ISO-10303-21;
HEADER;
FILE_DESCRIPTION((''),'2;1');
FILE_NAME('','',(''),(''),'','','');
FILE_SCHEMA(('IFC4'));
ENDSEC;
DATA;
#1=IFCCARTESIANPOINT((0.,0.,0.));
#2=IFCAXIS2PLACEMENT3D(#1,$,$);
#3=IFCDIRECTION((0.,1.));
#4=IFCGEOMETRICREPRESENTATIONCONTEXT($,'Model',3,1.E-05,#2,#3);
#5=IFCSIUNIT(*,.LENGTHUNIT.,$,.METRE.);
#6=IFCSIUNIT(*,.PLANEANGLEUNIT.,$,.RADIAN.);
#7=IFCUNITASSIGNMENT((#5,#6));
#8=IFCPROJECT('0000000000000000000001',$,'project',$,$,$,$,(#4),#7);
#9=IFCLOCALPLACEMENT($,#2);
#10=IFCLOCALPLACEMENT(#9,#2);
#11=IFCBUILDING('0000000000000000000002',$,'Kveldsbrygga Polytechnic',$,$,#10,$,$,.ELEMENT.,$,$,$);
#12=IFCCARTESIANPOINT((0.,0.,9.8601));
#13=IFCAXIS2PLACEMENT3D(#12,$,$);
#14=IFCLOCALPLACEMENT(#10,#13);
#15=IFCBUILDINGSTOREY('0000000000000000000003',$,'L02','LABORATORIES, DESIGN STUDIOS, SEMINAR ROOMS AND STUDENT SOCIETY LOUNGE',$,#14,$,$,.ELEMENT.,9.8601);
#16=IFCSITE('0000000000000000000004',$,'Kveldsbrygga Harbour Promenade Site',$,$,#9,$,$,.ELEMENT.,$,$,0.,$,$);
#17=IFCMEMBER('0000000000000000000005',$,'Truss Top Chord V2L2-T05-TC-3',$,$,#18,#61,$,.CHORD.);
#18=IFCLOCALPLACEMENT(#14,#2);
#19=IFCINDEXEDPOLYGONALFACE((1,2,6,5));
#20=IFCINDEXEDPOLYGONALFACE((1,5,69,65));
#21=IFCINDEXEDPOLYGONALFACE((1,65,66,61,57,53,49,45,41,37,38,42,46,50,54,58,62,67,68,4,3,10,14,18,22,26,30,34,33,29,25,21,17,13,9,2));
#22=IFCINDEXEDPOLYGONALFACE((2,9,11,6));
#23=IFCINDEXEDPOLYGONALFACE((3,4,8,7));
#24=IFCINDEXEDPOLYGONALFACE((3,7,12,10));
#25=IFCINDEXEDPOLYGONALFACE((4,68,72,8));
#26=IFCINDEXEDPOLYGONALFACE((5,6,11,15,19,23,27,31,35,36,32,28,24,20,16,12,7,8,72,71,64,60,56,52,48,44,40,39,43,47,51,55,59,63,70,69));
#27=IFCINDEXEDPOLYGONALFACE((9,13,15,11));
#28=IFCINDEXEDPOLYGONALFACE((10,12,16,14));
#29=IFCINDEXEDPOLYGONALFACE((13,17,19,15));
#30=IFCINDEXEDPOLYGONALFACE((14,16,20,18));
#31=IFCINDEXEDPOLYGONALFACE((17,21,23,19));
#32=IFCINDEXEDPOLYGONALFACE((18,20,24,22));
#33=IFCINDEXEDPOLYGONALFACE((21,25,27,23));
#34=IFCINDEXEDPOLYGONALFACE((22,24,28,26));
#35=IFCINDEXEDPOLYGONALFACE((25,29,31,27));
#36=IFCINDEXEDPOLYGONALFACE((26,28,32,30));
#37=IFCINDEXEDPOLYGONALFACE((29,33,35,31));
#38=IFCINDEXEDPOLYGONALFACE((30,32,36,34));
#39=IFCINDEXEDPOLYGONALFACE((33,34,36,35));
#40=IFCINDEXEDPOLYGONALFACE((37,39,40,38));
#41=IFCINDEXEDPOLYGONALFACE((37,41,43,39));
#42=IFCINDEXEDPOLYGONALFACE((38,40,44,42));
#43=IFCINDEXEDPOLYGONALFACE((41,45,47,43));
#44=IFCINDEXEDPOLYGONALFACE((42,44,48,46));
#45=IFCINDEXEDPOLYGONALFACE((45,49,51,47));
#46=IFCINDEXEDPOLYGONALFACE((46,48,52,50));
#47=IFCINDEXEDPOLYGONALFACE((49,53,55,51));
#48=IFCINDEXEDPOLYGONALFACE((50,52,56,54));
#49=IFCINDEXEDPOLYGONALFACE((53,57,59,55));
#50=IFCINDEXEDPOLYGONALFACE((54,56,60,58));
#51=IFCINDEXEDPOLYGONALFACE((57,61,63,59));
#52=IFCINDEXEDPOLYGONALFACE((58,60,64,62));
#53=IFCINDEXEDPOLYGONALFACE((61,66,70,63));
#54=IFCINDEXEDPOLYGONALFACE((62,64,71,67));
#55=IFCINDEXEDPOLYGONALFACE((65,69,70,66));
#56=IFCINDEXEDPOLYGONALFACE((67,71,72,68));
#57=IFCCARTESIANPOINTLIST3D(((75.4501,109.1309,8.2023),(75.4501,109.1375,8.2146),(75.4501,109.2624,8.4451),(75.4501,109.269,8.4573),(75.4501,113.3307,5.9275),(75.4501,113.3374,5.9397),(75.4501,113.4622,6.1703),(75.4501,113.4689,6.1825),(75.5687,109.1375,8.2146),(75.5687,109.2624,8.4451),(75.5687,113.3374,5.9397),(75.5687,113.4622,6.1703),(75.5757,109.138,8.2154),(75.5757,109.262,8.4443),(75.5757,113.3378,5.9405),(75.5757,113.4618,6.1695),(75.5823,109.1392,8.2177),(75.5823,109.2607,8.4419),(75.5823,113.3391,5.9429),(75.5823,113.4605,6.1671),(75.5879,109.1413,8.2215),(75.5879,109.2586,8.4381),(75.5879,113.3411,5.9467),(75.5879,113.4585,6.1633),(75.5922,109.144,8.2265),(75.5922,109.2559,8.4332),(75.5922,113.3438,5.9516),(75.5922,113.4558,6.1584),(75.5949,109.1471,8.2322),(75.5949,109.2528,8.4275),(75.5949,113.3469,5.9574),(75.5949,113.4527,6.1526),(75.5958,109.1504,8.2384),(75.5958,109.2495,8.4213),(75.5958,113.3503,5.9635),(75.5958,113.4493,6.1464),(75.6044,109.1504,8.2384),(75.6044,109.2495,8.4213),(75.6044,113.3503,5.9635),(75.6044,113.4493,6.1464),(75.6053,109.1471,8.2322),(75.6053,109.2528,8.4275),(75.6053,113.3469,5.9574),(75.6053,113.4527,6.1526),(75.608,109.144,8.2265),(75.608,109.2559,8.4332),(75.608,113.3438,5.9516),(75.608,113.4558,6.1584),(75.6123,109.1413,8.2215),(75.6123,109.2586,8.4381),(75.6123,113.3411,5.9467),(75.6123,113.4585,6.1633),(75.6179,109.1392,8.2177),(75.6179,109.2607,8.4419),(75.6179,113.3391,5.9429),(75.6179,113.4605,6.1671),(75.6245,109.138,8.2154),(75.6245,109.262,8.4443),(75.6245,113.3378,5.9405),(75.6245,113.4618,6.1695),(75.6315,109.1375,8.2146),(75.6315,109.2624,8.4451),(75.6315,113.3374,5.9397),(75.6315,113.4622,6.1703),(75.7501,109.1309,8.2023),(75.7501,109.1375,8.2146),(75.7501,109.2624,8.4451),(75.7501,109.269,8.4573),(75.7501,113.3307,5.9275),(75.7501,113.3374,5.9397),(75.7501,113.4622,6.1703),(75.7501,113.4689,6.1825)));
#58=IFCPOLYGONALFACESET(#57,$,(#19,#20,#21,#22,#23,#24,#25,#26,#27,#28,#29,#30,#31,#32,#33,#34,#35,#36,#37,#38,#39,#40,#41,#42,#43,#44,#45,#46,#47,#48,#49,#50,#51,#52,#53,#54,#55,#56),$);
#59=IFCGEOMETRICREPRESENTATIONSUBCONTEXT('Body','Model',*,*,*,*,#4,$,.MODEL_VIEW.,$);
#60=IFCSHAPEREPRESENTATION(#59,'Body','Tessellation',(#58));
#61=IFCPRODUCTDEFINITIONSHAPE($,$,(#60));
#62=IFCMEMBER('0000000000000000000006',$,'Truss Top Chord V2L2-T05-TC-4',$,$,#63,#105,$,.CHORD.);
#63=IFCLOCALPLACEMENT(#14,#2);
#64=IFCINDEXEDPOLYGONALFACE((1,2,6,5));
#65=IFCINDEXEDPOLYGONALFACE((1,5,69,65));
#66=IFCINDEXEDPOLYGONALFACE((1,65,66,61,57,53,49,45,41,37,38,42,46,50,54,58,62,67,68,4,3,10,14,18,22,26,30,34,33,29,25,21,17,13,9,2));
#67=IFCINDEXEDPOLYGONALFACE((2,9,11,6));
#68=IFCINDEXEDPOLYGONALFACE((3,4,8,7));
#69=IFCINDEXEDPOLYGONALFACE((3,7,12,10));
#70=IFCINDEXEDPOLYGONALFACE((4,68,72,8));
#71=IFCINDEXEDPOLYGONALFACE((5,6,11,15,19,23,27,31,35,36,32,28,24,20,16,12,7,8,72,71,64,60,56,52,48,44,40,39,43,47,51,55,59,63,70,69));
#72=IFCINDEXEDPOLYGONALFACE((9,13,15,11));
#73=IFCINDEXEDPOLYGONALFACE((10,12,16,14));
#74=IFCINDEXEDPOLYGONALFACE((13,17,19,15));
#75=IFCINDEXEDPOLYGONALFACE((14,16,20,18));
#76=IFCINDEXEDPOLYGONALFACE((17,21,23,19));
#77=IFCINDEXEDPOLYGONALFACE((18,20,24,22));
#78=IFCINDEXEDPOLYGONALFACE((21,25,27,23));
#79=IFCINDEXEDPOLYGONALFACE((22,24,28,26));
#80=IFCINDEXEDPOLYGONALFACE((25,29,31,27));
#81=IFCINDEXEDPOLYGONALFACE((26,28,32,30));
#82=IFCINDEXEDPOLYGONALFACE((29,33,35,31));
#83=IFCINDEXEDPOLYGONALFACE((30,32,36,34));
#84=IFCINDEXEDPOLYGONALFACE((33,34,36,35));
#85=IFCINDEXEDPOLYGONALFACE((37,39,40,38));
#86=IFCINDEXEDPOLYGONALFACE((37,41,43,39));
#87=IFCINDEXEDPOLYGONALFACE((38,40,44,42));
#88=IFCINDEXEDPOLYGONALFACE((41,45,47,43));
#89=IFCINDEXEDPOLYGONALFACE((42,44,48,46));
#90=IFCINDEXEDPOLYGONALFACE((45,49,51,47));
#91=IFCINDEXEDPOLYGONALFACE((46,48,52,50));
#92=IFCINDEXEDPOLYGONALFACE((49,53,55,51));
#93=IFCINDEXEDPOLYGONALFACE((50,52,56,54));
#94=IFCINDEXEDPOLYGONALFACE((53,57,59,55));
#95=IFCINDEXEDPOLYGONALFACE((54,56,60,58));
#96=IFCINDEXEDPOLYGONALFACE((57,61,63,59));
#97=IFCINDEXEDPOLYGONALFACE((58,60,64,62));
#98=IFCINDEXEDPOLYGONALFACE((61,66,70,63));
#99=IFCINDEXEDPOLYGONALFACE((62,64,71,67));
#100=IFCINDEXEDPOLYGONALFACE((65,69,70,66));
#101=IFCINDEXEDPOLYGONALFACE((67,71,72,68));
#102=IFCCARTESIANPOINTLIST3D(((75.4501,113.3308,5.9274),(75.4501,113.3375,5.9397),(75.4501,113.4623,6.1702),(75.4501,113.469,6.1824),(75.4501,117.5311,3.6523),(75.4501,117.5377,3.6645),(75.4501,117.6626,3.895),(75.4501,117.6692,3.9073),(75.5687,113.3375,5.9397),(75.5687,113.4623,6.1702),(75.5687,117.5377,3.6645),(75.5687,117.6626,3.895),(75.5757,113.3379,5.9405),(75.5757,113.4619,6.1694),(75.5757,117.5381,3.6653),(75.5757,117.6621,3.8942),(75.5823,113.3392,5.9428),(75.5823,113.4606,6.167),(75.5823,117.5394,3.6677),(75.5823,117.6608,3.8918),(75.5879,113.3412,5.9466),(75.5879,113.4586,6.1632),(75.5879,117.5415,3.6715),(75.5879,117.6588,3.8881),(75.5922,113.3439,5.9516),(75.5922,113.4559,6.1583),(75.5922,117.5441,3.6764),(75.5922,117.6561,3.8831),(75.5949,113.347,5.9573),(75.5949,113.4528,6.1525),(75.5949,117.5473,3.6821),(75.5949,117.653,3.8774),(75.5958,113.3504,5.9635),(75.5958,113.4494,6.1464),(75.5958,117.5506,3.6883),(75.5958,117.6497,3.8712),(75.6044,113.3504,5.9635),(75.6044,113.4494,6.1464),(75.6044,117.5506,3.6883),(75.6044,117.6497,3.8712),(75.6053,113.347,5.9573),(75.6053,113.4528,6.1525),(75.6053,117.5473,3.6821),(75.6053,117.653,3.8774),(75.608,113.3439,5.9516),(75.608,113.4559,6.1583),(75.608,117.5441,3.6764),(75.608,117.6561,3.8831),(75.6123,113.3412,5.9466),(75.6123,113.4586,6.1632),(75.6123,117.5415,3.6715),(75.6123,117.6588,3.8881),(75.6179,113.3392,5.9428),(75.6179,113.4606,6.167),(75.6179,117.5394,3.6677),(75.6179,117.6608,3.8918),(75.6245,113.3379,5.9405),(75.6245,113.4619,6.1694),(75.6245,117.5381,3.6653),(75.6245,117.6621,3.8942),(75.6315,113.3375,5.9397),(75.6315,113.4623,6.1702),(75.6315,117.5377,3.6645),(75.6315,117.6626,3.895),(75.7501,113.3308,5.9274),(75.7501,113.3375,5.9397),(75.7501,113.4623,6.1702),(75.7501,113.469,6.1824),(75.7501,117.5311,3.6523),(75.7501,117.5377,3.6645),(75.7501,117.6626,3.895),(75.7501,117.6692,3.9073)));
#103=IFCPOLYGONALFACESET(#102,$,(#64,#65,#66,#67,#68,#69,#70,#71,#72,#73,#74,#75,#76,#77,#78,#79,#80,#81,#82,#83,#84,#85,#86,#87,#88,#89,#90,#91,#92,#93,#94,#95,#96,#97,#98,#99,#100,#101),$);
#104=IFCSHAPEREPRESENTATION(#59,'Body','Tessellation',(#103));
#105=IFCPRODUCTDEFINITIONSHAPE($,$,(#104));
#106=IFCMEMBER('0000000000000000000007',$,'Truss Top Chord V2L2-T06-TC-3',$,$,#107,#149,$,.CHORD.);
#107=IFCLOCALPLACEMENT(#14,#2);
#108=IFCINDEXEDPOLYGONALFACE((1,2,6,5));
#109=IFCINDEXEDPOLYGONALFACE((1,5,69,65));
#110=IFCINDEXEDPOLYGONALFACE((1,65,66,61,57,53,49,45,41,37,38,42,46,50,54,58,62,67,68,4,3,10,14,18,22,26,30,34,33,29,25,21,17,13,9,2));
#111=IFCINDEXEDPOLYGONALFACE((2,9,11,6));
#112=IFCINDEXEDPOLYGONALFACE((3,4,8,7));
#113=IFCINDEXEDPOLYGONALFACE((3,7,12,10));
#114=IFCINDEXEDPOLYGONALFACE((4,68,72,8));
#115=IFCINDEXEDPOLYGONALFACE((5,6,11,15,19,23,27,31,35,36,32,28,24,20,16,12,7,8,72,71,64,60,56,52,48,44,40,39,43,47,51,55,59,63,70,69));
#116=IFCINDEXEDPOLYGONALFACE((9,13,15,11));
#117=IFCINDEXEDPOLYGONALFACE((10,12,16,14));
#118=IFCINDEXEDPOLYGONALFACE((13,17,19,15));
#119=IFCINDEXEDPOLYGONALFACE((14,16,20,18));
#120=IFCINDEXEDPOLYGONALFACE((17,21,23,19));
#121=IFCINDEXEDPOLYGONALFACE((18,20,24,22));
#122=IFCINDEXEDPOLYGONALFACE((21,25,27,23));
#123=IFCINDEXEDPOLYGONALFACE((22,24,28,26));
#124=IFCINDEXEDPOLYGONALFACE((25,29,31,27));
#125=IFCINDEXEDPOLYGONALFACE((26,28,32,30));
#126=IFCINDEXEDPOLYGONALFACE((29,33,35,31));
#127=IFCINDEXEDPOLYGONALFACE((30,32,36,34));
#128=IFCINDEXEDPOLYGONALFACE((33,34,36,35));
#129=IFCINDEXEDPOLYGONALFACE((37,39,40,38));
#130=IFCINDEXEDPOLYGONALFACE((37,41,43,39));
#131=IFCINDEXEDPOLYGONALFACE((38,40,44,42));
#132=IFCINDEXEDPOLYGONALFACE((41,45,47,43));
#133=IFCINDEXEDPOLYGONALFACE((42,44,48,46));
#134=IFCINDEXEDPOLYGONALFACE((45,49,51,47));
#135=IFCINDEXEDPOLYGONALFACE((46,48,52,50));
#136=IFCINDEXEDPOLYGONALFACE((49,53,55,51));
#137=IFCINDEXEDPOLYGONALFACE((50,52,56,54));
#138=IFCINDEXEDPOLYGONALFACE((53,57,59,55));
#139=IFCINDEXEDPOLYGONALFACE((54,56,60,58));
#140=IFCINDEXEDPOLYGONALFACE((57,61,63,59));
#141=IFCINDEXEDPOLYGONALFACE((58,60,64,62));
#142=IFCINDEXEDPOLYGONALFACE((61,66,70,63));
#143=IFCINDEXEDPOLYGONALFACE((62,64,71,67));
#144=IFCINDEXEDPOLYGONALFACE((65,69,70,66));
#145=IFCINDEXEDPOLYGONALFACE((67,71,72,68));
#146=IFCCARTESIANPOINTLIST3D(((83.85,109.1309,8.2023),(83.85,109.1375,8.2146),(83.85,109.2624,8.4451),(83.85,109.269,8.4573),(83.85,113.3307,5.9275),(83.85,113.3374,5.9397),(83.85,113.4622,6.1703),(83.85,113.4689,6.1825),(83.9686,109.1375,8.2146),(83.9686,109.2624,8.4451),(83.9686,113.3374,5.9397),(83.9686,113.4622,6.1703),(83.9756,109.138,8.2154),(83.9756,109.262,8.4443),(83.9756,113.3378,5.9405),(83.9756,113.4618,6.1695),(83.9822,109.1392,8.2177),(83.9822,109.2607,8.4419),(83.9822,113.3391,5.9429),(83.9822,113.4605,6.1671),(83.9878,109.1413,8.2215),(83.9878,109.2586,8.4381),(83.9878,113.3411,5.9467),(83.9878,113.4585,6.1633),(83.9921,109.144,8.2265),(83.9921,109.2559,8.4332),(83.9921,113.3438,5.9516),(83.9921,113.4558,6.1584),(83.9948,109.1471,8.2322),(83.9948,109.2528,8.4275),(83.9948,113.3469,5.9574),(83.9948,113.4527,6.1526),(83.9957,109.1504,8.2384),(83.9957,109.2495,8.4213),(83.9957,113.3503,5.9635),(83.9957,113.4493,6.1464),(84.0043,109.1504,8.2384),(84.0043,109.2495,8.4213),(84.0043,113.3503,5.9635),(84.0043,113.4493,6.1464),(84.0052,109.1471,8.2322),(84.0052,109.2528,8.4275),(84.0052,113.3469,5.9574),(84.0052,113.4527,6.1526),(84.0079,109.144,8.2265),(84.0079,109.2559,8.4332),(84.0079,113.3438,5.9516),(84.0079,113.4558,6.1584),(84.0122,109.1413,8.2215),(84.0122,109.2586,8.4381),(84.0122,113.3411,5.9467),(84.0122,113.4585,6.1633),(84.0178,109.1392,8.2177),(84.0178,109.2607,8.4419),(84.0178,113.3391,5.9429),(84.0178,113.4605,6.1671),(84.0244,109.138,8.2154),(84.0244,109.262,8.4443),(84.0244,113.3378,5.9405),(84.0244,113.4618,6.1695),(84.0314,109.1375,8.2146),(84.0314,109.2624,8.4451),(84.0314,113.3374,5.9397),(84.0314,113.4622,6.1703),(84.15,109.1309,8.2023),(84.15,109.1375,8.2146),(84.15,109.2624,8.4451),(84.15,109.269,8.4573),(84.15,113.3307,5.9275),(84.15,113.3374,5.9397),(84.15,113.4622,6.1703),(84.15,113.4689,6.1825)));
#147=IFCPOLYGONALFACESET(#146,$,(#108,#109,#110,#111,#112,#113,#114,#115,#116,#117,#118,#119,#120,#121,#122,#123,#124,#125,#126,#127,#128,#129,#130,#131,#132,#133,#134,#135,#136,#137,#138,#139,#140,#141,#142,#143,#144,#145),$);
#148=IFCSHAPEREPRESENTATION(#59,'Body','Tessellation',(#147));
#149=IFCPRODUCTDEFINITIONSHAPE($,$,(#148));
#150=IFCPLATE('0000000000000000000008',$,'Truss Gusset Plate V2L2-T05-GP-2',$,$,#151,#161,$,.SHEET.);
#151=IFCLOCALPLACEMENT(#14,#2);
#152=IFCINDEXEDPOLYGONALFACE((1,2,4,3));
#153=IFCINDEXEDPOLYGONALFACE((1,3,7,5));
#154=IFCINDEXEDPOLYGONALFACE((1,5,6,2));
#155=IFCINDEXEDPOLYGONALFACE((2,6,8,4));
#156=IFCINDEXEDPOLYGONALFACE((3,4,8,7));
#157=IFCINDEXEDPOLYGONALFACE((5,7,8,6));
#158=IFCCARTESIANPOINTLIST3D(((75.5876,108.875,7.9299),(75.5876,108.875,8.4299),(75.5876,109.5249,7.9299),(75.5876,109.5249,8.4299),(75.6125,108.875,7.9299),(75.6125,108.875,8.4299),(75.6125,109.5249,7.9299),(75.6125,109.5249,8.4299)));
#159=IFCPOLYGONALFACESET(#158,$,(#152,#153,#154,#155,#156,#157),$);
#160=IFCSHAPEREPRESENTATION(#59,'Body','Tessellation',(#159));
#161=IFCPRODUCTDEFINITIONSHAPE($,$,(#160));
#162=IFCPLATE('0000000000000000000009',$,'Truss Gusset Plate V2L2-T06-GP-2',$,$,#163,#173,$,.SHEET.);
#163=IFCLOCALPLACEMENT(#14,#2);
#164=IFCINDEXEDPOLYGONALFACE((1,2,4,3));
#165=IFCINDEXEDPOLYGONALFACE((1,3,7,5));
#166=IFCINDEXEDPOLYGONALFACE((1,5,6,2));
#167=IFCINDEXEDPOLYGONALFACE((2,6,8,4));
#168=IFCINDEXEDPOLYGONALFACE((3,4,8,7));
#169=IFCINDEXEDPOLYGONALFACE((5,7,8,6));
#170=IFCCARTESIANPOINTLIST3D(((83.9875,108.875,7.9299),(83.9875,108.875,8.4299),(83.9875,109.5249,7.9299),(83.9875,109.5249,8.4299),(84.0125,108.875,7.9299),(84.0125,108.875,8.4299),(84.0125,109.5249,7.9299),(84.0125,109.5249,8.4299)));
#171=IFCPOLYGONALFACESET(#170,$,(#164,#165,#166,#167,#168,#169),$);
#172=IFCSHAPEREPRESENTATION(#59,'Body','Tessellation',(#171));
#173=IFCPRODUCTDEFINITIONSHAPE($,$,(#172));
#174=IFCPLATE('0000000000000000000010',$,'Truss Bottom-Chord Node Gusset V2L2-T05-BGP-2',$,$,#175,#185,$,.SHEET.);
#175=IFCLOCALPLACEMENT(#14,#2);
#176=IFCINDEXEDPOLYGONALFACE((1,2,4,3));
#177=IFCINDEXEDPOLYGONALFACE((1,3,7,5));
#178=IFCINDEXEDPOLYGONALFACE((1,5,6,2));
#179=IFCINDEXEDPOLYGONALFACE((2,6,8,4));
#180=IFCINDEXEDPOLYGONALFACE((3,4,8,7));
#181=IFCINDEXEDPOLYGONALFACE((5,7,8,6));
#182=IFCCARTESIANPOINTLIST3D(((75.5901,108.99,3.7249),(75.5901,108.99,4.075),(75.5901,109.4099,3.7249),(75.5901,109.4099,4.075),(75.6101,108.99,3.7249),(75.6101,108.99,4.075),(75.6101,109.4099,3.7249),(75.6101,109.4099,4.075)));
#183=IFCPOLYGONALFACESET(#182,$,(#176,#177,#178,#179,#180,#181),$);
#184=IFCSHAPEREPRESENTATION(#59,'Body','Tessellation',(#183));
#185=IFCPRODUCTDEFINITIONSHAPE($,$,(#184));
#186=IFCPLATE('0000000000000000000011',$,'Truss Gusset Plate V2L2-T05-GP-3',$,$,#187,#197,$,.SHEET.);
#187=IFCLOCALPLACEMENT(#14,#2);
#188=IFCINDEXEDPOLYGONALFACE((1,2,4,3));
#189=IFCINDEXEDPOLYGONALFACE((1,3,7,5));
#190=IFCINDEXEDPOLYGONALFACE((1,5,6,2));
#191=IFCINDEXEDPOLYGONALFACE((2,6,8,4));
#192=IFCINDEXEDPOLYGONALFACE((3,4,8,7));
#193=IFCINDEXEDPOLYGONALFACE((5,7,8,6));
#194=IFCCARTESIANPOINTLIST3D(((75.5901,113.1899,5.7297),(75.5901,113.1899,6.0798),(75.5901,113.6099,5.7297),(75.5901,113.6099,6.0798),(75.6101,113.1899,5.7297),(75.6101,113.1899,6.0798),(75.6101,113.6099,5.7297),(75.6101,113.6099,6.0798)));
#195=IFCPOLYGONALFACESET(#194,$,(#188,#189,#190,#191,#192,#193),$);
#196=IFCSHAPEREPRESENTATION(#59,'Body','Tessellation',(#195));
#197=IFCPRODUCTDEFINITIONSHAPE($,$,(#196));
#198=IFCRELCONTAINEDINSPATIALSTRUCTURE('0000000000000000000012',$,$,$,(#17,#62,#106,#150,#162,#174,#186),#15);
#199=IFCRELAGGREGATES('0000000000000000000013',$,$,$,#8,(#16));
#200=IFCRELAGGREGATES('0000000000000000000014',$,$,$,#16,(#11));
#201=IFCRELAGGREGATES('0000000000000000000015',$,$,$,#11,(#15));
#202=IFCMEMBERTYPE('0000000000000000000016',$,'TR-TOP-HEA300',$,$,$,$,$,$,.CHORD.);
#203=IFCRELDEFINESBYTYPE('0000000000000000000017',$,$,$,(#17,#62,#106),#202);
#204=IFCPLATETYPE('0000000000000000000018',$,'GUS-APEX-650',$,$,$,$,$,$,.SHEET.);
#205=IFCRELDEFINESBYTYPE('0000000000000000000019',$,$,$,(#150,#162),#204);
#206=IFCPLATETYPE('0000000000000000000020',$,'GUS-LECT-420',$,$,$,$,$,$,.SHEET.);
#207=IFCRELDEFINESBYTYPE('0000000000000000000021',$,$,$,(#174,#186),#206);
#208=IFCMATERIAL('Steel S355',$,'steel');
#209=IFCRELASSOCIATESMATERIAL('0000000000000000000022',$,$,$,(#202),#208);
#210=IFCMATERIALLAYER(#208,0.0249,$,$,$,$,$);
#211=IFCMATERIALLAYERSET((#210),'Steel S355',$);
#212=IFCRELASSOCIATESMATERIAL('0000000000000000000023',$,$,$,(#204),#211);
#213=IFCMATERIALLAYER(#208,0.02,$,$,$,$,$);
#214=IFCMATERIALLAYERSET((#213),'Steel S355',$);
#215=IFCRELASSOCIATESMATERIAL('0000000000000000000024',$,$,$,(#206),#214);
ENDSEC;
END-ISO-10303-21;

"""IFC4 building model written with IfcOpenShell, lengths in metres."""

from ifc_helpers import new_model, si_unit, direction, frame, origin, origin_2d, place, context, subcontext, project, spatial, rectangle, i_section, extrude, material, layer, layer_set, material_profile, profile_set, type_object, element, save


model = new_model("IFC4")

# Units and contexts
model_context = context("Model", 3, precision=1e-05, world=origin(), true_north=direction((0.0, 1.0)))
body_context = subcontext(model_context, "Body", "Model", "MODEL_VIEW")
ifc_project = project(units=[si_unit("LENGTHUNIT", "METRE"), si_unit("PLANEANGLEUNIT", "RADIAN")], contexts=[model_context])

# Site, building, storey
site_placement = place(None, origin())
site = spatial("IfcSite", under=ifc_project, at=site_placement, Name="Kveldsbrygga Harbour Promenade Site", CompositionType="ELEMENT", RefElevation=0.0)
building_placement = place(site_placement, origin())
building = spatial("IfcBuilding", under=site, at=building_placement, Name="Kveldsbrygga Polytechnic", CompositionType="ELEMENT")
storey_placement = place(building_placement, frame((0.0, 0.0, 9.8601)))
storey = spatial("IfcBuildingStorey", under=building, at=storey_placement, Name="L02", Description="LABORATORIES, DESIGN STUDIOS, SEMINAR ROOMS AND STUDENT SOCIETY LOUNGE", CompositionType="ELEMENT", Elevation=9.8601)

# Members
ifc_material_1 = material(Name="Steel S355", Category="steel")
ifc_material_profile_1 = material_profile(ifc_material_1, i_section(OverallWidth=0.3, OverallDepth=0.29, WebThickness=0.0085, FlangeThickness=0.0139, FilletRadius=0.0271, at=origin_2d()), Name="HEA 300")
ifc_profile_set_1 = profile_set([ifc_material_profile_1], Name="Steel S355")
member_type_1 = type_object("IfcMemberType", Name="TR-TOP-HEA300", PredefinedType="CHORD", material=ifc_profile_set_1)
member_1_placement = place(storey_placement, frame((75.6001, 109.2, 8.3298), z_axis=(0.0, 0.879298, -0.476272), x_axis=(-1.0, 0.0, 0.0)))
element("IfcMember", 1, at=member_1_placement, inside=storey, type_object=member_type_1, Name="Truss Top Chord V2L2-T05-TC-3", PredefinedType="CHORD", context=body_context, shape_type="SweptSolid", body=[
    extrude(i_section(OverallWidth=0.3, OverallDepth=0.29, WebThickness=0.0085, FlangeThickness=0.0139, FilletRadius=0.0271, at=origin_2d()), origin(), (0.0, 0.0, 1.0), 4.7764),
])
member_2_placement = place(storey_placement, frame((75.6001, 113.3999, 6.0549), z_axis=(0.0, 0.879288, -0.47629), x_axis=(-1.0, 0.0, 0.0)))
element("IfcMember", 2, at=member_2_placement, inside=storey, type_object=member_type_1, Name="Truss Top Chord V2L2-T05-TC-4", PredefinedType="CHORD", context=body_context, shape_type="SweptSolid", body=[
    extrude(i_section(OverallWidth=0.3, OverallDepth=0.29, WebThickness=0.0085, FlangeThickness=0.0139, FilletRadius=0.0271, at=origin_2d()), origin(), (0.0, 0.0, 1.0), 4.7769),
])
member_3_placement = place(storey_placement, frame((84.0, 109.2, 8.3298), z_axis=(0.0, 0.879298, -0.476272), x_axis=(-1.0, 0.0, 0.0)))
element("IfcMember", 3, at=member_3_placement, inside=storey, type_object=member_type_1, Name="Truss Top Chord V2L2-T06-TC-3", PredefinedType="CHORD", context=body_context, shape_type="SweptSolid", body=[
    extrude(i_section(OverallWidth=0.3, OverallDepth=0.29, WebThickness=0.0085, FlangeThickness=0.0139, FilletRadius=0.0271, at=origin_2d()), origin(), (0.0, 0.0, 1.0), 4.7764),
])

# Plates
ifc_layer_1 = layer(ifc_material_1, 0.0249)
ifc_layer_set_1 = layer_set([ifc_layer_1], Name="Steel S355")
plate_type_1 = type_object("IfcPlateType", Name="GUS-APEX-650", PredefinedType="SHEET", material=ifc_layer_set_1)
for number, where, z_axis, x_axis, name in (
    (4, (75.6001, 109.2, 7.9299), (0.0, 0.0, 1.0), (1.0, 0.0, 0.0), "Truss Gusset Plate V2L2-T05-GP-2"),
    (5, (84.0, 109.2, 7.9299), (0.0, 0.0, 1.0), (1.0, 0.0, 0.0), "Truss Gusset Plate V2L2-T06-GP-2"),
):
    element("IfcPlate", number, at=place(storey_placement, frame(where, z_axis=z_axis, x_axis=x_axis)), inside=storey, type_object=plate_type_1, Name=name, PredefinedType="SHEET", context=body_context, shape_type="SweptSolid", body=[
        extrude(rectangle(XDim=0.0249, YDim=0.6499, at=origin_2d()), origin(), (0.0, 0.0, 1.0), 0.5),
    ])
ifc_layer_2 = layer(ifc_material_1, 0.02)
ifc_layer_set_2 = layer_set([ifc_layer_2], Name="Steel S355")
plate_type_2 = type_object("IfcPlateType", Name="GUS-LECT-420", PredefinedType="SHEET", material=ifc_layer_set_2)
for number, where, z_axis, x_axis, name in (
    (6, (75.6001, 109.2, 3.7249), (0.0, 0.0, 1.0), (1.0, 0.0, 0.0), "Truss Bottom-Chord Node Gusset V2L2-T05-BGP-2"),
    (7, (75.6001, 113.3999, 5.7297), (0.0, 0.0, 1.0), (1.0, 0.0, 0.0), "Truss Gusset Plate V2L2-T05-GP-3"),
):
    element("IfcPlate", number, at=place(storey_placement, frame(where, z_axis=z_axis, x_axis=x_axis)), inside=storey, type_object=plate_type_2, Name=name, PredefinedType="SHEET", context=body_context, shape_type="SweptSolid", body=[
        extrude(rectangle(XDim=0.02, YDim=0.4199, at=origin_2d()), origin(), (0.0, 0.0, 1.0), 0.3501),
    ])

save(model, "model.ifc")
